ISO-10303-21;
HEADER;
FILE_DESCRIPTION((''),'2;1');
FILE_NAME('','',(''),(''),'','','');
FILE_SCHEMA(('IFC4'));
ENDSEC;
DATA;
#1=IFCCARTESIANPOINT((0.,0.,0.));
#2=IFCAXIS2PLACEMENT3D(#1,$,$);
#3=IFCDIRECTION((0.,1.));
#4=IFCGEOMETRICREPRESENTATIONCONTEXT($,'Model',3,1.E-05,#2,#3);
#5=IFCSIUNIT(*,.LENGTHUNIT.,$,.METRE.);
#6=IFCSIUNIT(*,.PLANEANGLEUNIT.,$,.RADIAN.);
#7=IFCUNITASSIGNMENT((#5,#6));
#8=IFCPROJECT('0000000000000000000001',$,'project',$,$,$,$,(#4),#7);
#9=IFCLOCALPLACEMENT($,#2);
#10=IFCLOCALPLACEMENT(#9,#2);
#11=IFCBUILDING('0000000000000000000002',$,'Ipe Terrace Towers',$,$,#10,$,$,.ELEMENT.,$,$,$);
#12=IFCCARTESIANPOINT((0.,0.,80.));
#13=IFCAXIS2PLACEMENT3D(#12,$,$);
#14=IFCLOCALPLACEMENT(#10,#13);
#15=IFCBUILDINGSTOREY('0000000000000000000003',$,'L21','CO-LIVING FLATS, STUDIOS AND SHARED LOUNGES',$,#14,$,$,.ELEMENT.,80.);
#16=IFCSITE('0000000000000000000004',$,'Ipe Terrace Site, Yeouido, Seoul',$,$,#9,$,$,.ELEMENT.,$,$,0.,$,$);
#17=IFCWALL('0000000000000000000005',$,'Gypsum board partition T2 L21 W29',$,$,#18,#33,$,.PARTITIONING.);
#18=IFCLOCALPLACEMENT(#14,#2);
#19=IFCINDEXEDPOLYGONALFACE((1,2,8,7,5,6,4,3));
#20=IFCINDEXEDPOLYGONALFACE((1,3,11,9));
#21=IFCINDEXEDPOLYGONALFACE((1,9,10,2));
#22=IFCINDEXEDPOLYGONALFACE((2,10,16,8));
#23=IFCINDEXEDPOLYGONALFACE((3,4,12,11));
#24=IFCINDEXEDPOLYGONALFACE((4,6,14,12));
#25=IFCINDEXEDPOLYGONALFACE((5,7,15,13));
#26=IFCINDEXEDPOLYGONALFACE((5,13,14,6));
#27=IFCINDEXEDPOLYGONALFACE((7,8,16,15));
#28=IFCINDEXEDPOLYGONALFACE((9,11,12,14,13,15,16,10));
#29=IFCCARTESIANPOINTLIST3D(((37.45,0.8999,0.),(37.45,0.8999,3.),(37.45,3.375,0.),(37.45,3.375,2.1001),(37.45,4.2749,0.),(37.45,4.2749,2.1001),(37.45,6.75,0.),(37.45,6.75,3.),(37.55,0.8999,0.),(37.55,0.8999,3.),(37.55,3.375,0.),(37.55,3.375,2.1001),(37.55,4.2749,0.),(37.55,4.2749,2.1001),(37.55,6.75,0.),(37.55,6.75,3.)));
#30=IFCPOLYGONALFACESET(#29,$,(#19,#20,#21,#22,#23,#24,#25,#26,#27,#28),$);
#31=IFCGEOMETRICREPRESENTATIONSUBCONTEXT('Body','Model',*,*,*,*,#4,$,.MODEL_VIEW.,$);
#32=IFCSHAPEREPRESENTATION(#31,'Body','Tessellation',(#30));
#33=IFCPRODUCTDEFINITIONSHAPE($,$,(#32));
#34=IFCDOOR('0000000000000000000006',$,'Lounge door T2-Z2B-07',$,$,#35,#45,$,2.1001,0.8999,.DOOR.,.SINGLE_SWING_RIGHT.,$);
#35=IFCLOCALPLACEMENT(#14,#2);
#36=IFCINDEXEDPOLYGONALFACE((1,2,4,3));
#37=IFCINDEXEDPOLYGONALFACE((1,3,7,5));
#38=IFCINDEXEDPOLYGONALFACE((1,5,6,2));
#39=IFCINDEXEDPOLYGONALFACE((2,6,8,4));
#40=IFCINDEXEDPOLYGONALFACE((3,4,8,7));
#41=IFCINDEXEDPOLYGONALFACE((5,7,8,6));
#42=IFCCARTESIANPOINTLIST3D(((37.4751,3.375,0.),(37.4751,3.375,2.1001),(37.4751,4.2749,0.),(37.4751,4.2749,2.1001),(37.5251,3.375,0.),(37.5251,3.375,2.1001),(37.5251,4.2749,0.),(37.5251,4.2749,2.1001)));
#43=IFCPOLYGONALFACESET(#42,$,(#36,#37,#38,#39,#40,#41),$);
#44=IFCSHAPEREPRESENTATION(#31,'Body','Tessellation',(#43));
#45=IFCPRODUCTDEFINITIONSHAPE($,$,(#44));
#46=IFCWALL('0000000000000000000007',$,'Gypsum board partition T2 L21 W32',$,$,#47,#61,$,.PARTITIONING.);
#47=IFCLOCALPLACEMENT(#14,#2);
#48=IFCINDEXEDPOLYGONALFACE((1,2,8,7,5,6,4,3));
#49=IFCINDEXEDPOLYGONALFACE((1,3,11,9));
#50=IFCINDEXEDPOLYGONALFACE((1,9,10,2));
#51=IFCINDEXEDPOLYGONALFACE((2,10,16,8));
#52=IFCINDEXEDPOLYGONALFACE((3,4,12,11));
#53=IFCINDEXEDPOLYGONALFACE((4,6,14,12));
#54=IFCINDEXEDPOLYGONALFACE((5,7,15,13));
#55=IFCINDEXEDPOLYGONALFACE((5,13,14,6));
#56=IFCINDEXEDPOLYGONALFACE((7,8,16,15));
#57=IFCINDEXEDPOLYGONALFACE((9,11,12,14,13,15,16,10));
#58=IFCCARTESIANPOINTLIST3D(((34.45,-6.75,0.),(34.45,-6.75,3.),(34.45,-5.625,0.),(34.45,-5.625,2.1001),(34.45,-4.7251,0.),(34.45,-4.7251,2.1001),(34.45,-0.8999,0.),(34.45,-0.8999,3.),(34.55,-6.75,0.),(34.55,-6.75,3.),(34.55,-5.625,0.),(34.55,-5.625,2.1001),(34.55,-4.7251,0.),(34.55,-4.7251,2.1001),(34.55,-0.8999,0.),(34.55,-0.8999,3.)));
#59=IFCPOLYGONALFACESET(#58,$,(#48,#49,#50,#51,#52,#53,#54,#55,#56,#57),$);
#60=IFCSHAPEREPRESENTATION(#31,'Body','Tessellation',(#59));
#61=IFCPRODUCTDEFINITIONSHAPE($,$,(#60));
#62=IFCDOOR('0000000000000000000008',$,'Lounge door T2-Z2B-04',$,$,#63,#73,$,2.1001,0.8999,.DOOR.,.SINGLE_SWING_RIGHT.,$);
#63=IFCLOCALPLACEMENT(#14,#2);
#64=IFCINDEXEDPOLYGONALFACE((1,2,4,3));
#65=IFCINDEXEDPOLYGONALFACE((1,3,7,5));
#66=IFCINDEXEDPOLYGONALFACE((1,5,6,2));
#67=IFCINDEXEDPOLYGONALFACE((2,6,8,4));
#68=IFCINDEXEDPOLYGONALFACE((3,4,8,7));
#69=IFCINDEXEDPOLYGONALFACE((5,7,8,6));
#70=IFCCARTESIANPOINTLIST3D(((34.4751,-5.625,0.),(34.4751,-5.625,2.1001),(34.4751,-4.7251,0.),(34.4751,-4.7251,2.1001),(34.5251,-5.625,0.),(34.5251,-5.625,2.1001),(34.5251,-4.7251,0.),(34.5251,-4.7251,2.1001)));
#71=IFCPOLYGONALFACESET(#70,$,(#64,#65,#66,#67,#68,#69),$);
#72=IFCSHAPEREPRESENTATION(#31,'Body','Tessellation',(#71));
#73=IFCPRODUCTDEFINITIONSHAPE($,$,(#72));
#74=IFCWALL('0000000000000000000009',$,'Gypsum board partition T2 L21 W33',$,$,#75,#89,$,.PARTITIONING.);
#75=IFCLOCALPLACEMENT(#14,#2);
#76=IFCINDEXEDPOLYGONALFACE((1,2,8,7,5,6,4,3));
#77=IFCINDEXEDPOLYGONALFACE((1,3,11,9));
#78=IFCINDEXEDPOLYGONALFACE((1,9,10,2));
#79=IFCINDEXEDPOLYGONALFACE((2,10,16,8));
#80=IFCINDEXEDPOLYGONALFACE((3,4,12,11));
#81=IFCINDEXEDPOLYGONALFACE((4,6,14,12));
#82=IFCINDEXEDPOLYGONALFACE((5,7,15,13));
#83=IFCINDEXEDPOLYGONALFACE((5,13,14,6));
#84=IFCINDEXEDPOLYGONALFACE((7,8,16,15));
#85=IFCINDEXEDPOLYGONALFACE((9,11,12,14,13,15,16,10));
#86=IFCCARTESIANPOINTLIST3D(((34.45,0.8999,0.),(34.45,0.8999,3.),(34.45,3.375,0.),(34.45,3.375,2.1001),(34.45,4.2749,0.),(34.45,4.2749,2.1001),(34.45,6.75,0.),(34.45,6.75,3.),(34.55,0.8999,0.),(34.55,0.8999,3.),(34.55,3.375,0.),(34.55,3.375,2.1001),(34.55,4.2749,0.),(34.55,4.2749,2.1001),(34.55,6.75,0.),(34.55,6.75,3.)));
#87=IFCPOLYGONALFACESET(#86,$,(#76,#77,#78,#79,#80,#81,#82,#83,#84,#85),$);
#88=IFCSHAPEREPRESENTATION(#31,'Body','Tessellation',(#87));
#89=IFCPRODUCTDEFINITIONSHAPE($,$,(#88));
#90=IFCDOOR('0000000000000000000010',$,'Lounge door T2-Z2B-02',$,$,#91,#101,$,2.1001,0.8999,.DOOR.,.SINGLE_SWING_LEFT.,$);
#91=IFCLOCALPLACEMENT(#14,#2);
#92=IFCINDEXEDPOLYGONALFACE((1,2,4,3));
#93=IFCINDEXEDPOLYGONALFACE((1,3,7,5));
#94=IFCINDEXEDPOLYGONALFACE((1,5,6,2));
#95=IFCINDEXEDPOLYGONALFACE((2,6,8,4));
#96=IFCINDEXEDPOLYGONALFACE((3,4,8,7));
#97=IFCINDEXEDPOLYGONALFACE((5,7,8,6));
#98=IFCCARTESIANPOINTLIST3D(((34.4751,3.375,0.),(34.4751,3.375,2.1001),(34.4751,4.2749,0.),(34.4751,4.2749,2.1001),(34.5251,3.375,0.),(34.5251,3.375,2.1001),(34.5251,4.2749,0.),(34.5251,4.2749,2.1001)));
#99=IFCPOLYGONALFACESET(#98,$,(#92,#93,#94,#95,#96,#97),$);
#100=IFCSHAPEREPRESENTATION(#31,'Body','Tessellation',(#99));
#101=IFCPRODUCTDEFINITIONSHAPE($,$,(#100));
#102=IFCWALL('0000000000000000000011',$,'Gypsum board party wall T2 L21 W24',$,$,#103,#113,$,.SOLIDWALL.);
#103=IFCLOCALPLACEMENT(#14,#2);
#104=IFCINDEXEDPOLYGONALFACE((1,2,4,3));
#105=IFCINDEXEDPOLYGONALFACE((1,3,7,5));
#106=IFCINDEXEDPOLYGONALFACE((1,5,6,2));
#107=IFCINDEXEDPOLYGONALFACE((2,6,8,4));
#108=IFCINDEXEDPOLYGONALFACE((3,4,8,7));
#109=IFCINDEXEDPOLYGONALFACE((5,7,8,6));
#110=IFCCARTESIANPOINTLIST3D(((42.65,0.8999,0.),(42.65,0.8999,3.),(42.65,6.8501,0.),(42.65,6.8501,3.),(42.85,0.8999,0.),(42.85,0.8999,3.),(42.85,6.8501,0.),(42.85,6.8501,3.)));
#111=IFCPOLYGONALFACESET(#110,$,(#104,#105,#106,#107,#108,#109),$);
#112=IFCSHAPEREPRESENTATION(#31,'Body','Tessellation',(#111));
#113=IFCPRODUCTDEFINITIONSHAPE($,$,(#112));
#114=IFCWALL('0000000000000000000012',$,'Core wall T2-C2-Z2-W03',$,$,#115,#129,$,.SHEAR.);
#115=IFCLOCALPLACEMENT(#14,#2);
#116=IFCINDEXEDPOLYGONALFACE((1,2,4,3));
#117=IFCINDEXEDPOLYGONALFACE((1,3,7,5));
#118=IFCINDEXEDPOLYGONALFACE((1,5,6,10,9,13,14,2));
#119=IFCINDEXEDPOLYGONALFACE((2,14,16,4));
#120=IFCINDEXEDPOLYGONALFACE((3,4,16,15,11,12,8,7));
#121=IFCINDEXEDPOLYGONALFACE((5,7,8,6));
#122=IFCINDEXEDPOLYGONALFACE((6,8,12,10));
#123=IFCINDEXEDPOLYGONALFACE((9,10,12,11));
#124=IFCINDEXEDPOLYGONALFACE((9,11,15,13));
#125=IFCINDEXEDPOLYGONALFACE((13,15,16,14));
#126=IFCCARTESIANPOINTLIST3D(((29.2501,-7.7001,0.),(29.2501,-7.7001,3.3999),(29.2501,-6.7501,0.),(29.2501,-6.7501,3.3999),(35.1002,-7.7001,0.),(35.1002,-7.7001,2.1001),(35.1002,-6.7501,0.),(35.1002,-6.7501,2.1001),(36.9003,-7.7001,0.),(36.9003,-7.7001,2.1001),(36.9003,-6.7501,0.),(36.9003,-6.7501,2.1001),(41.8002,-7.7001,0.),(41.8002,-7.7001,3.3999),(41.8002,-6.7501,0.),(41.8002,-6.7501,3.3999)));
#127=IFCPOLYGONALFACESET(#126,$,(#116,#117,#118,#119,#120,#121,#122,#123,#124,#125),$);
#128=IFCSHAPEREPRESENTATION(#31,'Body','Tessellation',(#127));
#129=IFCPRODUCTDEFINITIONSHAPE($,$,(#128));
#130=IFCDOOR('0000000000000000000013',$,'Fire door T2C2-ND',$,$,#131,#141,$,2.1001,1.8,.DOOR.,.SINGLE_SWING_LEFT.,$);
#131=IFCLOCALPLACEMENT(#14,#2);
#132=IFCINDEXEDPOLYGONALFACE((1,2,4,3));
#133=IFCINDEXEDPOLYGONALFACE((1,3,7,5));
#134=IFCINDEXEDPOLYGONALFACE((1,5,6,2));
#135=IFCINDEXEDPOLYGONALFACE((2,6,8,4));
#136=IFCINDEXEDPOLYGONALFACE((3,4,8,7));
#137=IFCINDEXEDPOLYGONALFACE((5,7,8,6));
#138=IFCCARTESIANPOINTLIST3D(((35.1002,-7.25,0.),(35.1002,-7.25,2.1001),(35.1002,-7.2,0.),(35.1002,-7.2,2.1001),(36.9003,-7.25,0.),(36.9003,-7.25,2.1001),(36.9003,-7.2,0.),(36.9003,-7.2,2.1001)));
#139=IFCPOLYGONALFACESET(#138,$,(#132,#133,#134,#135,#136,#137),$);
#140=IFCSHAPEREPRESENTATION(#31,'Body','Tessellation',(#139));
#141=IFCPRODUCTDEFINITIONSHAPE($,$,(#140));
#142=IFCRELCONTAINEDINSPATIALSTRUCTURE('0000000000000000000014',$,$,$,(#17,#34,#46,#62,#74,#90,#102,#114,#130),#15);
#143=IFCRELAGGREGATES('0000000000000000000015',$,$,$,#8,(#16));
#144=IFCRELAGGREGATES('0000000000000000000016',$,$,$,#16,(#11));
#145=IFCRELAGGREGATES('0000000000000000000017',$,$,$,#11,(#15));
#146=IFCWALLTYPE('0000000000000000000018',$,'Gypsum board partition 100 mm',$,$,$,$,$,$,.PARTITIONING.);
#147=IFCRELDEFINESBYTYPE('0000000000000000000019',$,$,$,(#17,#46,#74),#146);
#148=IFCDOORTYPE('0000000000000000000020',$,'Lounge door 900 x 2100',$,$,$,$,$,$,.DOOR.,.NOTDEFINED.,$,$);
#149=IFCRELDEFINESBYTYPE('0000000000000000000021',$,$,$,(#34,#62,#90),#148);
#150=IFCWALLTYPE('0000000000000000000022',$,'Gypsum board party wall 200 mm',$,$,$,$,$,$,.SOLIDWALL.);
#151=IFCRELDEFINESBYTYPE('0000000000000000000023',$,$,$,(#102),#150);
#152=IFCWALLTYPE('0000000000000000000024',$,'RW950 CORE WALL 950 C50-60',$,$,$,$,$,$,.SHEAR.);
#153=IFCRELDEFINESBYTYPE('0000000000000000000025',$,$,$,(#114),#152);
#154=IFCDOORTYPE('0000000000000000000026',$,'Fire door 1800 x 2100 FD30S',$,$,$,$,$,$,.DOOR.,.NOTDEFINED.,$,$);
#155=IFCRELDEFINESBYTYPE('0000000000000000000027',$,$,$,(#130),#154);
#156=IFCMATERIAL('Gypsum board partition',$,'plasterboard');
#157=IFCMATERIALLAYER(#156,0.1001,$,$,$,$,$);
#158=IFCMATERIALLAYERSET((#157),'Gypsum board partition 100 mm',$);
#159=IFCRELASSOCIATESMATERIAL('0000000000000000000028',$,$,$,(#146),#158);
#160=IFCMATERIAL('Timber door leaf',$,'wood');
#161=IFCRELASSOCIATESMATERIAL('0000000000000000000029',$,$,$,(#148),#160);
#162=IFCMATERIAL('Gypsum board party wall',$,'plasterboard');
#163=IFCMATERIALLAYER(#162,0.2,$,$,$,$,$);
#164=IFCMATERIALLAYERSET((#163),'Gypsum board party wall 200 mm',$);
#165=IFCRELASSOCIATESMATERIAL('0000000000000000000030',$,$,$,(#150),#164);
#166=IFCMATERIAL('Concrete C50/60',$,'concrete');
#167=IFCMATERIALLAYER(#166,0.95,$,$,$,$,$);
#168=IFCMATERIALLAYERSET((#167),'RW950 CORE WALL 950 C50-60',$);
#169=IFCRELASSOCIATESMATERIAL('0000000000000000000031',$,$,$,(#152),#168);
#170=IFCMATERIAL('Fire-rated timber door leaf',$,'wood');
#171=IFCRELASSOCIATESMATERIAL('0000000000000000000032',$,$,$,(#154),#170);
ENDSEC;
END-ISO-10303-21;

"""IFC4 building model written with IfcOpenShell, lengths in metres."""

from ifc_helpers import new_model, si_unit, direction, frame, frame_2d, origin, place, context, subcontext, project, spatial, rectangle, extrude, material, layer, layer_set, type_object, element, fill, save


model = new_model("IFC4")

# Units and contexts
model_context = context("Model", 3, precision=1e-05, world=origin(), true_north=direction((0.0, 1.0)))
body_context = subcontext(model_context, "Body", "Model", "MODEL_VIEW")
ifc_project = project(units=[si_unit("LENGTHUNIT", "METRE"), si_unit("PLANEANGLEUNIT", "RADIAN")], contexts=[model_context])

# Site, building, storey
site_placement = place(None, origin())
site = spatial("IfcSite", under=ifc_project, at=site_placement, Name="Ipe Terrace Site, Yeouido, Seoul", CompositionType="ELEMENT", RefElevation=0.0)
building_placement = place(site_placement, origin())
building = spatial("IfcBuilding", under=site, at=building_placement, Name="Ipe Terrace Towers", CompositionType="ELEMENT")
storey_placement = place(building_placement, frame((0.0, 0.0, 80.0)))
storey = spatial("IfcBuildingStorey", under=building, at=storey_placement, Name="L21", Description="CO-LIVING FLATS, STUDIOS AND SHARED LOUNGES", CompositionType="ELEMENT", Elevation=80.0)

# Shared definitions
ifc_material_1 = material(Name="Gypsum board partition", Category="plasterboard")
ifc_layer_1 = layer(ifc_material_1, 0.1001)
ifc_layer_set_1 = layer_set([ifc_layer_1], Name="Gypsum board partition 100 mm")
wall_type_1 = type_object("IfcWallType", Name="Gypsum board partition 100 mm", PredefinedType="PARTITIONING", material=ifc_layer_set_1)

# Shared definitions
ifc_material_2 = material(Name="Timber door leaf", Category="wood")
door_type_1 = type_object("IfcDoorType", Name="Lounge door 900 x 2100", OperationType="NOTDEFINED", PredefinedType="DOOR", material=ifc_material_2)

# Walls, openings, doors
wall_1_placement = place(storey_placement, frame((37.5, 0.8999, 0.0), z_axis=(0.0, 0.0, 1.0), x_axis=(0.0, 1.0, 0.0)))
wall_1 = element("IfcWall", 1, at=wall_1_placement, inside=storey, type_object=wall_type_1, Name="Gypsum board partition T2 L21 W29", PredefinedType="PARTITIONING", context=body_context, shape_type="SweptSolid", body=[
    extrude(rectangle(XDim=5.8501, YDim=0.1001, at=frame_2d((2.925, 0.0))), origin(), (0.0, 0.0, 1.0), 3.0),
])
opening_1_placement = place(wall_1_placement, frame((2.4751, 0.0, 0.0)))
opening_1 = element("IfcOpeningElement", 2, at=opening_1_placement, cuts=wall_1, PredefinedType="OPENING", context=body_context, shape_type="SweptSolid", body=[
    extrude(rectangle(XDim=0.8999, YDim=2.1001, at=frame_2d((0.45, 1.05))), frame((0.0, 0.0601, 0.0), z_axis=(0.0, -1.0, 0.0), x_axis=(1.0, 0.0, 0.0)), (0.0, 0.0, 1.0), 0.1201),
])
door_1_placement = place(opening_1_placement, origin())
door_1 = element("IfcDoor", 3, at=door_1_placement, inside=storey, type_object=door_type_1, Name="Lounge door T2-Z2B-07", OperationType="SINGLE_SWING_RIGHT", OverallHeight=2.1001, OverallWidth=0.8999, PredefinedType="DOOR", context=body_context, shape_type="SweptSolid", body=[
    extrude(rectangle(XDim=0.8999, YDim=2.1001, at=frame_2d((0.45, 1.05))), frame((0.0, 0.0249, 0.0), z_axis=(0.0, -1.0, 0.0), x_axis=(1.0, 0.0, 0.0)), (0.0, 0.0, 1.0), 0.05),
])
fill(opening_1, door_1)
wall_2_placement = place(storey_placement, frame((34.5, -6.75, 0.0), z_axis=(0.0, 0.0, 1.0), x_axis=(0.0, 1.0, 0.0)))
wall_2 = element("IfcWall", 4, at=wall_2_placement, inside=storey, type_object=wall_type_1, Name="Gypsum board partition T2 L21 W32", PredefinedType="PARTITIONING", context=body_context, shape_type="SweptSolid", body=[
    extrude(rectangle(XDim=5.8501, YDim=0.1001, at=frame_2d((2.925, 0.0))), origin(), (0.0, 0.0, 1.0), 3.0),
])
opening_2_placement = place(wall_2_placement, frame((1.125, 0.0, 0.0)))
opening_2 = element("IfcOpeningElement", 5, at=opening_2_placement, cuts=wall_2, PredefinedType="OPENING", context=body_context, shape_type="SweptSolid", body=[
    extrude(rectangle(XDim=0.8999, YDim=2.1001, at=frame_2d((0.45, 1.05))), frame((0.0, 0.0601, 0.0), z_axis=(0.0, -1.0, 0.0), x_axis=(1.0, 0.0, 0.0)), (0.0, 0.0, 1.0), 0.1201),
])
door_2_placement = place(opening_2_placement, origin())
door_2 = element("IfcDoor", 6, at=door_2_placement, inside=storey, type_object=door_type_1, Name="Lounge door T2-Z2B-04", OperationType="SINGLE_SWING_RIGHT", OverallHeight=2.1001, OverallWidth=0.8999, PredefinedType="DOOR", context=body_context, shape_type="SweptSolid", body=[
    extrude(rectangle(XDim=0.8999, YDim=2.1001, at=frame_2d((0.45, 1.05))), frame((0.0, 0.0249, 0.0), z_axis=(0.0, -1.0, 0.0), x_axis=(1.0, 0.0, 0.0)), (0.0, 0.0, 1.0), 0.05),
])
fill(opening_2, door_2)
wall_3_placement = place(storey_placement, frame((34.5, 0.8999, 0.0), z_axis=(0.0, 0.0, 1.0), x_axis=(0.0, 1.0, 0.0)))
wall_3 = element("IfcWall", 7, at=wall_3_placement, inside=storey, type_object=wall_type_1, Name="Gypsum board partition T2 L21 W33", PredefinedType="PARTITIONING", context=body_context, shape_type="SweptSolid", body=[
    extrude(rectangle(XDim=5.8501, YDim=0.1001, at=frame_2d((2.925, 0.0))), origin(), (0.0, 0.0, 1.0), 3.0),
])
opening_3_placement = place(wall_3_placement, frame((2.4751, 0.0, 0.0)))
opening_3 = element("IfcOpeningElement", 8, at=opening_3_placement, cuts=wall_3, PredefinedType="OPENING", context=body_context, shape_type="SweptSolid", body=[
    extrude(rectangle(XDim=0.8999, YDim=2.1001, at=frame_2d((0.45, 1.05))), frame((0.0, 0.0601, 0.0), z_axis=(0.0, -1.0, 0.0), x_axis=(1.0, 0.0, 0.0)), (0.0, 0.0, 1.0), 0.1201),
])
door_3_placement = place(opening_3_placement, origin())
door_3 = element("IfcDoor", 9, at=door_3_placement, inside=storey, type_object=door_type_1, Name="Lounge door T2-Z2B-02", OperationType="SINGLE_SWING_LEFT", OverallHeight=2.1001, OverallWidth=0.8999, PredefinedType="DOOR", context=body_context, shape_type="SweptSolid", body=[
    extrude(rectangle(XDim=0.8999, YDim=2.1001, at=frame_2d((0.45, 1.05))), frame((0.0, 0.0249, 0.0), z_axis=(0.0, -1.0, 0.0), x_axis=(1.0, 0.0, 0.0)), (0.0, 0.0, 1.0), 0.05),
])
fill(opening_3, door_3)

# Wall
ifc_material_3 = material(Name="Gypsum board party wall", Category="plasterboard")
ifc_layer_2 = layer(ifc_material_3, 0.2)
ifc_layer_set_2 = layer_set([ifc_layer_2], Name="Gypsum board party wall 200 mm")
wall_type_2 = type_object("IfcWallType", Name="Gypsum board party wall 200 mm", PredefinedType="SOLIDWALL", material=ifc_layer_set_2)
wall_4_placement = place(storey_placement, frame((42.75, 0.8999, 0.0), z_axis=(0.0, 0.0, 1.0), x_axis=(0.0, 1.0, 0.0)))
element("IfcWall", 10, at=wall_4_placement, inside=storey, type_object=wall_type_2, Name="Gypsum board party wall T2 L21 W24", PredefinedType="SOLIDWALL", context=body_context, shape_type="SweptSolid", body=[
    extrude(rectangle(XDim=5.9502, YDim=0.2, at=frame_2d((2.9751, 0.0))), origin(), (0.0, 0.0, 1.0), 3.0),
])

# Wall, opening, door
ifc_material_4 = material(Name="Concrete C50/60", Category="concrete")
ifc_layer_3 = layer(ifc_material_4, 0.95)
ifc_layer_set_3 = layer_set([ifc_layer_3], Name="RW950 CORE WALL 950 C50-60")
wall_type_3 = type_object("IfcWallType", Name="RW950 CORE WALL 950 C50-60", PredefinedType="SHEAR", material=ifc_layer_set_3)
wall_5_placement = place(storey_placement, frame((41.8, -7.2251, 0.0), z_axis=(0.0, 0.0, 1.0), x_axis=(-1.0, 0.0, 0.0)))
wall_5 = element("IfcWall", 11, at=wall_5_placement, inside=storey, type_object=wall_type_3, Name="Core wall T2-C2-Z2-W03", PredefinedType="SHEAR", context=body_context, shape_type="SweptSolid", body=[
    extrude(rectangle(XDim=12.55, YDim=0.95, at=frame_2d((6.2749, 0.0))), origin(), (0.0, 0.0, 1.0), 3.3999),
])
opening_4_placement = place(wall_5_placement, frame((4.8999, 0.0, 0.0)))
opening_4 = element("IfcOpeningElement", 12, at=opening_4_placement, cuts=wall_5, PredefinedType="OPENING", context=body_context, shape_type="SweptSolid", body=[
    extrude(rectangle(XDim=1.8, YDim=2.1001, at=frame_2d((0.8999, 1.05))), frame((0.0, 0.4849, 0.0), z_axis=(0.0, -1.0, 0.0), x_axis=(1.0, 0.0, 0.0)), (0.0, 0.0, 1.0), 0.97),
])
ifc_material_5 = material(Name="Fire-rated timber door leaf", Category="wood")
door_type_2 = type_object("IfcDoorType", Name="Fire door 1800 x 2100 FD30S", OperationType="NOTDEFINED", PredefinedType="DOOR", material=ifc_material_5)
door_4_placement = place(opening_4_placement, origin())
door_4 = element("IfcDoor", 13, at=door_4_placement, inside=storey, type_object=door_type_2, Name="Fire door T2C2-ND", OperationType="SINGLE_SWING_LEFT", OverallHeight=2.1001, OverallWidth=1.8, PredefinedType="DOOR", context=body_context, shape_type="SweptSolid", body=[
    extrude(rectangle(XDim=1.8, YDim=2.1001, at=frame_2d((0.8999, 1.05))), frame((0.0, 0.0249, 0.0), z_axis=(0.0, -1.0, 0.0), x_axis=(1.0, 0.0, 0.0)), (0.0, 0.0, 1.0), 0.05),
])
fill(opening_4, door_4)

save(model, "model.ifc")
